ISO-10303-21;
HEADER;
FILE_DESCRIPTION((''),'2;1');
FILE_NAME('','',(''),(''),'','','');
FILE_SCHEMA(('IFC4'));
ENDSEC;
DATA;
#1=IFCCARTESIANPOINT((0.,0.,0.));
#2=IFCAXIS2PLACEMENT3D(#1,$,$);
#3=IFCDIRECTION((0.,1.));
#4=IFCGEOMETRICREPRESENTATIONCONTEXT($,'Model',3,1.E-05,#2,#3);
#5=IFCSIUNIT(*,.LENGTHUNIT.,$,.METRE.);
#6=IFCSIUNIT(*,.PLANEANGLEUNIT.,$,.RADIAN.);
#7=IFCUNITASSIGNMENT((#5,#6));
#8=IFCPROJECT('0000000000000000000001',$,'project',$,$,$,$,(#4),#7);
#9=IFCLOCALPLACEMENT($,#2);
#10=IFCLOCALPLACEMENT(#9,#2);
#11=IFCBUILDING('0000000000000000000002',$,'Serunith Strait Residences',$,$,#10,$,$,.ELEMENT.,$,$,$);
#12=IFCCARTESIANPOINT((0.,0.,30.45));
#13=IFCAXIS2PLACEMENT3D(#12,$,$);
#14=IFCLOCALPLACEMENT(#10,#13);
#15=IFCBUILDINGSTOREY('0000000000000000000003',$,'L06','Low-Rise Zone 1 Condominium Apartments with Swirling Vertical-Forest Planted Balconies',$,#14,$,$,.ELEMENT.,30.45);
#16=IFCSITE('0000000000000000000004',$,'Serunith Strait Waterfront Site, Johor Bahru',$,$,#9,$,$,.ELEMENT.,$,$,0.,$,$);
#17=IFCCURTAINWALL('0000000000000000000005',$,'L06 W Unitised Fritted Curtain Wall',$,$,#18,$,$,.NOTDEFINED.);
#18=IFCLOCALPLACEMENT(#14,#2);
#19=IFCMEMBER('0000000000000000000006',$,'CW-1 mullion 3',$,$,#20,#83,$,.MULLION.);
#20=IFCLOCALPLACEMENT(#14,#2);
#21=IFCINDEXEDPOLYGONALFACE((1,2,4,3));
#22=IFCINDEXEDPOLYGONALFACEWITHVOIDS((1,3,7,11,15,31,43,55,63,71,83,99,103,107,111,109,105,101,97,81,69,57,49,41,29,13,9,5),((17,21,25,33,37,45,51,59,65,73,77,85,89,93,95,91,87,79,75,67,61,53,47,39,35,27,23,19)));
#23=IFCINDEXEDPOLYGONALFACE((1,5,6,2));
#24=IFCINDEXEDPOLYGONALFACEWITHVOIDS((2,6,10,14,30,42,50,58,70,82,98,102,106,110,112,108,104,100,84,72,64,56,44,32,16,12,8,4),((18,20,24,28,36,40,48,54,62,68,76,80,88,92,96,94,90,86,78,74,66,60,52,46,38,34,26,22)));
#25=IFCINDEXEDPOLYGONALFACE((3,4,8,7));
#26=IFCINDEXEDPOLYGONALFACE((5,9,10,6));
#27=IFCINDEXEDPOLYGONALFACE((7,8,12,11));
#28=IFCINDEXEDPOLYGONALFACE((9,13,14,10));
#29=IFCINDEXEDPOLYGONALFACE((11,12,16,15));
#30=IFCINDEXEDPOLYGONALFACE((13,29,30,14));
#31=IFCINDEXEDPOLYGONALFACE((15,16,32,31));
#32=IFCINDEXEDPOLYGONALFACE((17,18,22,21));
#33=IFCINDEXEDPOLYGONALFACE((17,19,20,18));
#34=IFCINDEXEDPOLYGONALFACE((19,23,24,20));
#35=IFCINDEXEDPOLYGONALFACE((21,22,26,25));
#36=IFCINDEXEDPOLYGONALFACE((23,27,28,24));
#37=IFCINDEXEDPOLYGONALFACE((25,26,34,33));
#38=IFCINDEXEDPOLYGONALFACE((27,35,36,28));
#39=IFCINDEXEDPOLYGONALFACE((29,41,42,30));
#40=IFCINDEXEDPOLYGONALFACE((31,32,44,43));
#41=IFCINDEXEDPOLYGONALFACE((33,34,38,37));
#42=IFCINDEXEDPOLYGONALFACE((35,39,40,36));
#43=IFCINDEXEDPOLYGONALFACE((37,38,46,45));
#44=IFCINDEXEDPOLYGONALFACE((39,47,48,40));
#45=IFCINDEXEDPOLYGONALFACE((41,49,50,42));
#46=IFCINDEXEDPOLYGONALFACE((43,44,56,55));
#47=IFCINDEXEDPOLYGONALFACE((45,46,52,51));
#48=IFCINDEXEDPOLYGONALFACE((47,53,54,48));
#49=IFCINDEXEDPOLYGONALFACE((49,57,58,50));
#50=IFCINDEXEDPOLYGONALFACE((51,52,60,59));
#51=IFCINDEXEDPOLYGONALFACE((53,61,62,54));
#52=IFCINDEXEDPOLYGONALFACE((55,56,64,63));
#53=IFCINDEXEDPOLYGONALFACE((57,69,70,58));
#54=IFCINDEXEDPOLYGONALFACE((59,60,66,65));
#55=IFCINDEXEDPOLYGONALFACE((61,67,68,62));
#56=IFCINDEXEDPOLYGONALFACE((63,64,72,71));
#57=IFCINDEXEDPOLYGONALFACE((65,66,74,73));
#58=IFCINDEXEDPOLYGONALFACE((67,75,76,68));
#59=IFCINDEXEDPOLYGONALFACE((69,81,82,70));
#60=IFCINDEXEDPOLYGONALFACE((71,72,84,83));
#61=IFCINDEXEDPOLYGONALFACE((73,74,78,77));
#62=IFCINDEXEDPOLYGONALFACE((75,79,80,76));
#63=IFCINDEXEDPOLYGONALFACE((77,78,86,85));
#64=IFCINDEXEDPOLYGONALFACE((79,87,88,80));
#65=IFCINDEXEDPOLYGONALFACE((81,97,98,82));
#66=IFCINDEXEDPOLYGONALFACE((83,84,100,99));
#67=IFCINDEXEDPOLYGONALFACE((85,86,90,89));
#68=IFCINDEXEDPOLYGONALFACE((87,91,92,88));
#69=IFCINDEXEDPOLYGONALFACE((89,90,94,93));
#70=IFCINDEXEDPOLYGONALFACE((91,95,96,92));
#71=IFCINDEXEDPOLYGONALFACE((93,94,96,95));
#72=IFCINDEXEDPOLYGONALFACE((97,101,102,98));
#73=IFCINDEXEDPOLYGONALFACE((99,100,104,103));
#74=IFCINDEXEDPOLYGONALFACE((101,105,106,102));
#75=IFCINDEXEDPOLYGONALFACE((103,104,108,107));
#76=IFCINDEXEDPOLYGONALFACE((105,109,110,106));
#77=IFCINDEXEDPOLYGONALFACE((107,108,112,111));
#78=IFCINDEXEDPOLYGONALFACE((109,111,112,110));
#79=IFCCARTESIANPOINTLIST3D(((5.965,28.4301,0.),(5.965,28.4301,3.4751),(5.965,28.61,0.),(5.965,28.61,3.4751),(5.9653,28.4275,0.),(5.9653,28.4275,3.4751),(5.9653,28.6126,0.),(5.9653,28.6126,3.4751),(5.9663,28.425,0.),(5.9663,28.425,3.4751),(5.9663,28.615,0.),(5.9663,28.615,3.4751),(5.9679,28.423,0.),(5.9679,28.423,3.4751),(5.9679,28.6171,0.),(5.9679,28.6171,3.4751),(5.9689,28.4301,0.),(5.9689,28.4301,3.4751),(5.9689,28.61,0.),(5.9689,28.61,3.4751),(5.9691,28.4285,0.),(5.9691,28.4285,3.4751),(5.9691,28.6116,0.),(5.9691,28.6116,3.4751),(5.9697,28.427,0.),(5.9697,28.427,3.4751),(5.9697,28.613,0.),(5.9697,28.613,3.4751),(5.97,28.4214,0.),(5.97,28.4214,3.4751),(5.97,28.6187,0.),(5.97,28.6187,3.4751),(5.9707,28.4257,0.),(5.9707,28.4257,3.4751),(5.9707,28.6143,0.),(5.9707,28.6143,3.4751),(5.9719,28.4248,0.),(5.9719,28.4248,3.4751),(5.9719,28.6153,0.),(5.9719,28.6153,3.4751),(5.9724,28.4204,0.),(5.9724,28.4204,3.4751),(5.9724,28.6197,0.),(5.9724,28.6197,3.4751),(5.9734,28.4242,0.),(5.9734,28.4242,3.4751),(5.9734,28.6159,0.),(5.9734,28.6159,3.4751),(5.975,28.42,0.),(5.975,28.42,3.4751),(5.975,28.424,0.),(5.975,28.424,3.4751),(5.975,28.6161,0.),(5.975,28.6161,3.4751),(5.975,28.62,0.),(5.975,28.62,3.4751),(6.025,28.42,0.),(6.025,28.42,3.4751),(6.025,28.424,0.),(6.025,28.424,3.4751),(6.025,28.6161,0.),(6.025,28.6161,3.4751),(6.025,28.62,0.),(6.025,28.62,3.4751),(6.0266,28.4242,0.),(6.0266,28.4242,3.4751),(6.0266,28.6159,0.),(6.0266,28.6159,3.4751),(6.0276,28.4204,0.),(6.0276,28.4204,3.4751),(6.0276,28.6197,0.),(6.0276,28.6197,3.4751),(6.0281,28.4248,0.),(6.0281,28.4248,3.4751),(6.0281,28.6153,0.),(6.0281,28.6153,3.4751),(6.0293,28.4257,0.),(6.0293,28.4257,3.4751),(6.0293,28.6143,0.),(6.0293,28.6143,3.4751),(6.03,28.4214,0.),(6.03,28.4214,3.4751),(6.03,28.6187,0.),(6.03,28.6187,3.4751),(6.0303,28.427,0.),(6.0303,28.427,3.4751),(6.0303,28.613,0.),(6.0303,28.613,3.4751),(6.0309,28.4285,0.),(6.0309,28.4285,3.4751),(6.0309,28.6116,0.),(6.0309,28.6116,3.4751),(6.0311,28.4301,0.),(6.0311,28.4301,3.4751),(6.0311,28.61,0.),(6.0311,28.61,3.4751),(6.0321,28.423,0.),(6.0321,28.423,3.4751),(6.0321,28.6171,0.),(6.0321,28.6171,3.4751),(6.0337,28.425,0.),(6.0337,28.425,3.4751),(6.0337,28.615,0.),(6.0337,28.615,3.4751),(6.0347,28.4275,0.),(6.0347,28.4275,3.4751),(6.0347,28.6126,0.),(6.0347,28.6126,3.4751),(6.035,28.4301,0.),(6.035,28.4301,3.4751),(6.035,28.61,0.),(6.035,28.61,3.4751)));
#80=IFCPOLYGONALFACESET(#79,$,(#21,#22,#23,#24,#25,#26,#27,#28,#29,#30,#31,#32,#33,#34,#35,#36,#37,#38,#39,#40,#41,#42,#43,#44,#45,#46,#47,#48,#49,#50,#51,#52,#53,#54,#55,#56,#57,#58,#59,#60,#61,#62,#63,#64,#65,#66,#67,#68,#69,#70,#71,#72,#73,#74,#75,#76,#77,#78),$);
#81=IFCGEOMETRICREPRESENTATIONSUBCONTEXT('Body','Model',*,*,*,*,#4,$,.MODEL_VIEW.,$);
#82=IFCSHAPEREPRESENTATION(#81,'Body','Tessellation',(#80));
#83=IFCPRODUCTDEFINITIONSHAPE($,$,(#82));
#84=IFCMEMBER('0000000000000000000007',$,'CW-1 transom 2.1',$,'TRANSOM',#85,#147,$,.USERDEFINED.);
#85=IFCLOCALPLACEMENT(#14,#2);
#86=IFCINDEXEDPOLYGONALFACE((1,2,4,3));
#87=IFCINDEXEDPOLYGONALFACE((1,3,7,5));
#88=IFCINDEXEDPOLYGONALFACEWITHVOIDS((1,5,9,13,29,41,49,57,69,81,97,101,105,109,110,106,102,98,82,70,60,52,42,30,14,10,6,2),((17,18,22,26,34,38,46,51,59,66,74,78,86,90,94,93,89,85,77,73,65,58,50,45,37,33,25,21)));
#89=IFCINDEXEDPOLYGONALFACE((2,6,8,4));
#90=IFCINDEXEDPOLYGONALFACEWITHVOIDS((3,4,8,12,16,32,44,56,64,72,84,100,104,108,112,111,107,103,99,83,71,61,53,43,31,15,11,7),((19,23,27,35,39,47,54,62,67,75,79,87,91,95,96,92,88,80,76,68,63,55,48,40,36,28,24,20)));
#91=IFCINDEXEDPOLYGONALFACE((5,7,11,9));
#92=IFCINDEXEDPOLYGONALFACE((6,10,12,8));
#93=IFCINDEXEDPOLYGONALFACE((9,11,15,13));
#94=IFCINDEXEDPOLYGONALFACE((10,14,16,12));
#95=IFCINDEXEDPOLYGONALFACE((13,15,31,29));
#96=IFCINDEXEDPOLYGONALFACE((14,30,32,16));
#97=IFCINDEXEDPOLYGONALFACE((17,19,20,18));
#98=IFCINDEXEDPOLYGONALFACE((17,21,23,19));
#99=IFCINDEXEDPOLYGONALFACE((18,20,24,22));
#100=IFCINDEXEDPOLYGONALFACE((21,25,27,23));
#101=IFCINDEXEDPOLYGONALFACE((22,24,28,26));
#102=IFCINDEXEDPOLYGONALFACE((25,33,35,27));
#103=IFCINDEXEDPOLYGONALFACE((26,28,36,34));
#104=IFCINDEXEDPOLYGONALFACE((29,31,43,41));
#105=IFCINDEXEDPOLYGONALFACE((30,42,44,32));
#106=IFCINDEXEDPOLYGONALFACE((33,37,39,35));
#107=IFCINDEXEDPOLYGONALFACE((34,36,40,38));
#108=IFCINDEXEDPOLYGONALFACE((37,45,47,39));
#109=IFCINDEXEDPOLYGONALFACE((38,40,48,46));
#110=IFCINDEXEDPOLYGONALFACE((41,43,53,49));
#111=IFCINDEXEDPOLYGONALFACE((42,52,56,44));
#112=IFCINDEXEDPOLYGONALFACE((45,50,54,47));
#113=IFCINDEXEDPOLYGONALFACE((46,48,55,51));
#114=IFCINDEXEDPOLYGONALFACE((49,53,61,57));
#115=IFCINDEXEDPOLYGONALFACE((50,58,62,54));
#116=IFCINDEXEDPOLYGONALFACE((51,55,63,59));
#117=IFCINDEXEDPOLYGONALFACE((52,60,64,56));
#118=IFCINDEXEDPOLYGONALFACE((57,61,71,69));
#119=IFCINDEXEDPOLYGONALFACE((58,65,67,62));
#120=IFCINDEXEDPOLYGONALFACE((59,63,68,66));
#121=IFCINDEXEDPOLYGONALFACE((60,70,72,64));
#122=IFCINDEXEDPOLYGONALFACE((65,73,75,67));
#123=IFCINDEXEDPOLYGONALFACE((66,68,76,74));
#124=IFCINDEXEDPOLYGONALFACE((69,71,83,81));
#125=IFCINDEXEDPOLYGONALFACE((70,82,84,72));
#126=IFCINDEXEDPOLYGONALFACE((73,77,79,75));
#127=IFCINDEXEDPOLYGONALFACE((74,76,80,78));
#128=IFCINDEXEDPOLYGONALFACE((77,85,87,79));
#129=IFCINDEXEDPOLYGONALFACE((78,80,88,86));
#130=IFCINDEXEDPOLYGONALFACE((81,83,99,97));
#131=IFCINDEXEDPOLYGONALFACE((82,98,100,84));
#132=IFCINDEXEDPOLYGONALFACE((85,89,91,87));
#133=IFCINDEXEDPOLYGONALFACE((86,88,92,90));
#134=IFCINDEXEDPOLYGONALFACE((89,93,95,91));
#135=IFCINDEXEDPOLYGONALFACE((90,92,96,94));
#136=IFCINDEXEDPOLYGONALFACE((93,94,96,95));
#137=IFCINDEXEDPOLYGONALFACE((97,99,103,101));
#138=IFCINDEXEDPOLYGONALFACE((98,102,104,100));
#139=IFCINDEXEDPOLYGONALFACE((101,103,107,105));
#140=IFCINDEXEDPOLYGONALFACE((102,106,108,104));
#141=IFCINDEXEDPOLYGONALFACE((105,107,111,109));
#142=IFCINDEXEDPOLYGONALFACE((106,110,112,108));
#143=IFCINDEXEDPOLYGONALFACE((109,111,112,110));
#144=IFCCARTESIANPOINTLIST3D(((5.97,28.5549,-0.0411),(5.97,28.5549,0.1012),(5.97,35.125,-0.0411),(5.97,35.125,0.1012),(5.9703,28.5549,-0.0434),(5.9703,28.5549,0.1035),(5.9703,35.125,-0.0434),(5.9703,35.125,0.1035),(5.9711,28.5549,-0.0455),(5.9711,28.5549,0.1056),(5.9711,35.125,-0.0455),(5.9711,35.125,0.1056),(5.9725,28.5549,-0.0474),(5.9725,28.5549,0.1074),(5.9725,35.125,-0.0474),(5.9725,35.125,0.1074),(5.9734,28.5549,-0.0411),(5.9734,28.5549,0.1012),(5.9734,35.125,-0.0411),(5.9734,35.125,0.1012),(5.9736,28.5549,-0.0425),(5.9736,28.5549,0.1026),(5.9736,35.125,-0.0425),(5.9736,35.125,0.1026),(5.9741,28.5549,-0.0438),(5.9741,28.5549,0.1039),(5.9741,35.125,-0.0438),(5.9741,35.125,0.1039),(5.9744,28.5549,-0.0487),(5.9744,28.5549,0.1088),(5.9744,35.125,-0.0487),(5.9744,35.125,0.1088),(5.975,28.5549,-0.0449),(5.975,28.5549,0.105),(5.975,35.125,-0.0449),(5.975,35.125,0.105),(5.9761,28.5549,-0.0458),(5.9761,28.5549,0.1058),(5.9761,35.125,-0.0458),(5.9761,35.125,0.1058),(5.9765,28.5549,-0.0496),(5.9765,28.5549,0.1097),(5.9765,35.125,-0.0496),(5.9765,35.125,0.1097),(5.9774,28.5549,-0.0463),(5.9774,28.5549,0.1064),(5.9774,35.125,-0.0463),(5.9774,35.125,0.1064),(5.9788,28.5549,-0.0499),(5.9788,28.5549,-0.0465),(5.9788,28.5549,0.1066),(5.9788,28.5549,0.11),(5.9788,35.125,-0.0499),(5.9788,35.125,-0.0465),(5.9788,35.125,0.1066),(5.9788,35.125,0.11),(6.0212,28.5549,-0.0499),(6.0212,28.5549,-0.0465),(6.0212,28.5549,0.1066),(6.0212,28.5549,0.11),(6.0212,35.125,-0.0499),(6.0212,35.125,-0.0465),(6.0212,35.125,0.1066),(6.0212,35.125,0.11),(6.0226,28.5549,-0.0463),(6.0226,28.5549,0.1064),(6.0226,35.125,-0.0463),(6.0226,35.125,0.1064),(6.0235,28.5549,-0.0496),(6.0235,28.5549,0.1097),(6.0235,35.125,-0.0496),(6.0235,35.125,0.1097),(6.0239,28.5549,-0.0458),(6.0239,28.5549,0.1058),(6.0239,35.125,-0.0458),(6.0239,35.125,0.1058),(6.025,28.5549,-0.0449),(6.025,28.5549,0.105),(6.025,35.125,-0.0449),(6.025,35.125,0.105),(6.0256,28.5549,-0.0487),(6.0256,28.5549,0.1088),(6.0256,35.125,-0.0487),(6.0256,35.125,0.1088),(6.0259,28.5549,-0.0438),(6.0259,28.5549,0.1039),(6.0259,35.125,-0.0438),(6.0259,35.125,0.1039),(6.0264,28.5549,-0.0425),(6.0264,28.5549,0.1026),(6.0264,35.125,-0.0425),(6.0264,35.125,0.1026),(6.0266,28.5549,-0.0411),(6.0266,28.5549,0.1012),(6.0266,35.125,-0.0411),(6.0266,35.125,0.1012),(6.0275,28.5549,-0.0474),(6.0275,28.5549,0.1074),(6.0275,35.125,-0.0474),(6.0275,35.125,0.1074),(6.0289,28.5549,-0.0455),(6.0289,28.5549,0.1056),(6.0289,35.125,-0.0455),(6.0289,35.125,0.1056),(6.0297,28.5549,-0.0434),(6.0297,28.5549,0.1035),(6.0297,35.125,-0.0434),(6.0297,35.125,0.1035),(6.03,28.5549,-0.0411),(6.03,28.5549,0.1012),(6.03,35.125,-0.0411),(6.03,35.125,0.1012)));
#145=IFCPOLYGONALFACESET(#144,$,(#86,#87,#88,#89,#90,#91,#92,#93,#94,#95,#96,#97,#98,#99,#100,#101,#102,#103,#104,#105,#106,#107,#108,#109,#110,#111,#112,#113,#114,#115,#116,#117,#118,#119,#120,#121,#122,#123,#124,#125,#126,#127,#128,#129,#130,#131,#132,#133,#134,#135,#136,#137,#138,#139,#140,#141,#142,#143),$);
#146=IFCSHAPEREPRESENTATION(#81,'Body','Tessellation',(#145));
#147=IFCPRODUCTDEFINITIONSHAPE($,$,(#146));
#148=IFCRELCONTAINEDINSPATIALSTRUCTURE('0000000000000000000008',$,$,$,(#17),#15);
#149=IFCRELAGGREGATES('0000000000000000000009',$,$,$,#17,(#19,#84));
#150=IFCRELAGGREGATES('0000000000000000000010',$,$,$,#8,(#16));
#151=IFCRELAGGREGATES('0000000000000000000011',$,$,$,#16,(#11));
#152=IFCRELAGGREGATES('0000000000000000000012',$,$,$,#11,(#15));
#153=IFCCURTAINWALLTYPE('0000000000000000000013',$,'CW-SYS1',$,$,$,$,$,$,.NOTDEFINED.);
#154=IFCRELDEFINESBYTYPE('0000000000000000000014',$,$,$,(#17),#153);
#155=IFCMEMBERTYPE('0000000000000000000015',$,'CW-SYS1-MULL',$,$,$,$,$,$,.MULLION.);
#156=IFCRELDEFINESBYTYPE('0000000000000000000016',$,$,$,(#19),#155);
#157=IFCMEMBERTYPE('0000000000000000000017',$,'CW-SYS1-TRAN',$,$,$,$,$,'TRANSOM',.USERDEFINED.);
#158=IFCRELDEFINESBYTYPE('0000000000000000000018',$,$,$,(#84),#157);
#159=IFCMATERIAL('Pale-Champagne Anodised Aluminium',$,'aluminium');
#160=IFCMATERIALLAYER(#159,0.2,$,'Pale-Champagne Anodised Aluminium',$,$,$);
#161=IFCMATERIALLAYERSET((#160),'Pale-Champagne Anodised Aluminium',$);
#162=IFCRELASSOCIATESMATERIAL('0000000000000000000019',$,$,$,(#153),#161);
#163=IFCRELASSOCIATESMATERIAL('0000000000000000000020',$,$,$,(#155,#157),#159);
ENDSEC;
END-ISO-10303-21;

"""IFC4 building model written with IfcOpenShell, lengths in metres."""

from ifc_helpers import new_model, si_unit, direction, frame, origin, origin_2d, place, context, subcontext, project, spatial, hollow_rectangle, extrude, source, transform, mapped, material, layer, layer_set, material_profile, profile_set, type_object, element, aggregate, save


model = new_model("IFC4")

# Units and contexts
model_context = context("Model", 3, precision=1e-05, world=origin(), true_north=direction((0.0, 1.0)))
body_context = subcontext(model_context, "Body", "Model", "MODEL_VIEW")
ifc_project = project(units=[si_unit("LENGTHUNIT", "METRE"), si_unit("PLANEANGLEUNIT", "RADIAN")], contexts=[model_context])

# Site, building, storey
site_placement = place(None, origin())
site = spatial("IfcSite", under=ifc_project, at=site_placement, Name="Serunith Strait Waterfront Site, Johor Bahru", CompositionType="ELEMENT", RefElevation=0.0)
building_placement = place(site_placement, origin())
building = spatial("IfcBuilding", under=site, at=building_placement, Name="Serunith Strait Residences", CompositionType="ELEMENT")
storey_placement = place(building_placement, frame((0.0, 0.0, 30.45)))
storey = spatial("IfcBuildingStorey", under=building, at=storey_placement, Name="L06", Description="Low-Rise Zone 1 Condominium Apartments with Swirling Vertical-Forest Planted Balconies", CompositionType="ELEMENT", Elevation=30.45)

# Curtain wall, members
ifc_material_1 = material(Name="Pale-Champagne Anodised Aluminium", Category="aluminium")
ifc_layer_1 = layer(ifc_material_1, 0.2, Name="Pale-Champagne Anodised Aluminium")
ifc_layer_set_1 = layer_set([ifc_layer_1], Name="Pale-Champagne Anodised Aluminium")
curtain_wall_type = type_object("IfcCurtainWallType", Name="CW-SYS1", PredefinedType="NOTDEFINED", material=ifc_layer_set_1)
curtain_wall_placement = place(storey_placement, origin())
curtain_wall = element("IfcCurtainWall", 1, at=curtain_wall_placement, inside=storey, type_object=curtain_wall_type, Name="L06 W Unitised Fritted Curtain Wall", PredefinedType="NOTDEFINED")
ifc_material_profile_1 = material_profile(ifc_material_1, hollow_rectangle(XDim=0.0701, YDim=0.2, WallThickness=0.0039, InnerFilletRadius=0.0061, OuterFilletRadius=0.01, at=origin_2d()), Name="ALU 200x70x4")
ifc_profile_set_1 = profile_set([ifc_material_profile_1], Name="Pale-Champagne Anodised Aluminium")
member_type_1 = type_object("IfcMemberType", Name="CW-SYS1-MULL", PredefinedType="MULLION", material=ifc_profile_set_1)
shared_shape_1 = source(origin(), body_context, "Body", "SweptSolid", [
    extrude(hollow_rectangle(XDim=0.0701, YDim=0.2, WallThickness=0.0039, InnerFilletRadius=0.0061, OuterFilletRadius=0.01, at=origin_2d()), origin(), (0.0, 0.0, 1.0), 3.4751),
])
member_1_placement = place(storey_placement, frame((6.0, 28.52, 0.0), z_axis=(0.0, 0.0, 1.0), x_axis=(1.0, 0.0, 0.0)))
member_1 = element("IfcMember", 2, at=member_1_placement, type_object=member_type_1, Name="CW-1 mullion 3", PredefinedType="MULLION", context=body_context, shape_type="MappedRepresentation", body=[
    mapped(shared_shape_1, transform((0.0, 0.0, 0.0), scale=1.0)),
])
ifc_material_profile_2 = material_profile(ifc_material_1, hollow_rectangle(XDim=0.0601, YDim=0.1599, WallThickness=0.0034, InnerFilletRadius=0.0054, OuterFilletRadius=0.0088, at=origin_2d()), Name="ALU 160x60x3.5")
ifc_profile_set_2 = profile_set([ifc_material_profile_2], Name="Pale-Champagne Anodised Aluminium")
member_type_2 = type_object("IfcMemberType", Name="CW-SYS1-TRAN", ElementType="TRANSOM", PredefinedType="USERDEFINED", material=ifc_profile_set_2)
shared_shape_2 = source(origin(), body_context, "Body", "SweptSolid", [
    extrude(hollow_rectangle(XDim=0.0601, YDim=0.1599, WallThickness=0.0034, InnerFilletRadius=0.0054, OuterFilletRadius=0.0088, at=origin_2d()), origin(), (0.0, 0.0, 1.0), 6.5701),
])
member_2_placement = place(storey_placement, frame((6.0, 35.125, 0.03), z_axis=(0.0, -1.0, 0.0), x_axis=(1.0, 0.0, 0.0)))
member_2 = element("IfcMember", 3, at=member_2_placement, type_object=member_type_2, Name="CW-1 transom 2.1", ObjectType="TRANSOM", PredefinedType="USERDEFINED", context=body_context, shape_type="MappedRepresentation", body=[
    mapped(shared_shape_2, transform((0.0, 0.0, 0.0), scale=1.0)),
])
aggregate(curtain_wall, [member_1, member_2])

save(model, "model.ifc")
